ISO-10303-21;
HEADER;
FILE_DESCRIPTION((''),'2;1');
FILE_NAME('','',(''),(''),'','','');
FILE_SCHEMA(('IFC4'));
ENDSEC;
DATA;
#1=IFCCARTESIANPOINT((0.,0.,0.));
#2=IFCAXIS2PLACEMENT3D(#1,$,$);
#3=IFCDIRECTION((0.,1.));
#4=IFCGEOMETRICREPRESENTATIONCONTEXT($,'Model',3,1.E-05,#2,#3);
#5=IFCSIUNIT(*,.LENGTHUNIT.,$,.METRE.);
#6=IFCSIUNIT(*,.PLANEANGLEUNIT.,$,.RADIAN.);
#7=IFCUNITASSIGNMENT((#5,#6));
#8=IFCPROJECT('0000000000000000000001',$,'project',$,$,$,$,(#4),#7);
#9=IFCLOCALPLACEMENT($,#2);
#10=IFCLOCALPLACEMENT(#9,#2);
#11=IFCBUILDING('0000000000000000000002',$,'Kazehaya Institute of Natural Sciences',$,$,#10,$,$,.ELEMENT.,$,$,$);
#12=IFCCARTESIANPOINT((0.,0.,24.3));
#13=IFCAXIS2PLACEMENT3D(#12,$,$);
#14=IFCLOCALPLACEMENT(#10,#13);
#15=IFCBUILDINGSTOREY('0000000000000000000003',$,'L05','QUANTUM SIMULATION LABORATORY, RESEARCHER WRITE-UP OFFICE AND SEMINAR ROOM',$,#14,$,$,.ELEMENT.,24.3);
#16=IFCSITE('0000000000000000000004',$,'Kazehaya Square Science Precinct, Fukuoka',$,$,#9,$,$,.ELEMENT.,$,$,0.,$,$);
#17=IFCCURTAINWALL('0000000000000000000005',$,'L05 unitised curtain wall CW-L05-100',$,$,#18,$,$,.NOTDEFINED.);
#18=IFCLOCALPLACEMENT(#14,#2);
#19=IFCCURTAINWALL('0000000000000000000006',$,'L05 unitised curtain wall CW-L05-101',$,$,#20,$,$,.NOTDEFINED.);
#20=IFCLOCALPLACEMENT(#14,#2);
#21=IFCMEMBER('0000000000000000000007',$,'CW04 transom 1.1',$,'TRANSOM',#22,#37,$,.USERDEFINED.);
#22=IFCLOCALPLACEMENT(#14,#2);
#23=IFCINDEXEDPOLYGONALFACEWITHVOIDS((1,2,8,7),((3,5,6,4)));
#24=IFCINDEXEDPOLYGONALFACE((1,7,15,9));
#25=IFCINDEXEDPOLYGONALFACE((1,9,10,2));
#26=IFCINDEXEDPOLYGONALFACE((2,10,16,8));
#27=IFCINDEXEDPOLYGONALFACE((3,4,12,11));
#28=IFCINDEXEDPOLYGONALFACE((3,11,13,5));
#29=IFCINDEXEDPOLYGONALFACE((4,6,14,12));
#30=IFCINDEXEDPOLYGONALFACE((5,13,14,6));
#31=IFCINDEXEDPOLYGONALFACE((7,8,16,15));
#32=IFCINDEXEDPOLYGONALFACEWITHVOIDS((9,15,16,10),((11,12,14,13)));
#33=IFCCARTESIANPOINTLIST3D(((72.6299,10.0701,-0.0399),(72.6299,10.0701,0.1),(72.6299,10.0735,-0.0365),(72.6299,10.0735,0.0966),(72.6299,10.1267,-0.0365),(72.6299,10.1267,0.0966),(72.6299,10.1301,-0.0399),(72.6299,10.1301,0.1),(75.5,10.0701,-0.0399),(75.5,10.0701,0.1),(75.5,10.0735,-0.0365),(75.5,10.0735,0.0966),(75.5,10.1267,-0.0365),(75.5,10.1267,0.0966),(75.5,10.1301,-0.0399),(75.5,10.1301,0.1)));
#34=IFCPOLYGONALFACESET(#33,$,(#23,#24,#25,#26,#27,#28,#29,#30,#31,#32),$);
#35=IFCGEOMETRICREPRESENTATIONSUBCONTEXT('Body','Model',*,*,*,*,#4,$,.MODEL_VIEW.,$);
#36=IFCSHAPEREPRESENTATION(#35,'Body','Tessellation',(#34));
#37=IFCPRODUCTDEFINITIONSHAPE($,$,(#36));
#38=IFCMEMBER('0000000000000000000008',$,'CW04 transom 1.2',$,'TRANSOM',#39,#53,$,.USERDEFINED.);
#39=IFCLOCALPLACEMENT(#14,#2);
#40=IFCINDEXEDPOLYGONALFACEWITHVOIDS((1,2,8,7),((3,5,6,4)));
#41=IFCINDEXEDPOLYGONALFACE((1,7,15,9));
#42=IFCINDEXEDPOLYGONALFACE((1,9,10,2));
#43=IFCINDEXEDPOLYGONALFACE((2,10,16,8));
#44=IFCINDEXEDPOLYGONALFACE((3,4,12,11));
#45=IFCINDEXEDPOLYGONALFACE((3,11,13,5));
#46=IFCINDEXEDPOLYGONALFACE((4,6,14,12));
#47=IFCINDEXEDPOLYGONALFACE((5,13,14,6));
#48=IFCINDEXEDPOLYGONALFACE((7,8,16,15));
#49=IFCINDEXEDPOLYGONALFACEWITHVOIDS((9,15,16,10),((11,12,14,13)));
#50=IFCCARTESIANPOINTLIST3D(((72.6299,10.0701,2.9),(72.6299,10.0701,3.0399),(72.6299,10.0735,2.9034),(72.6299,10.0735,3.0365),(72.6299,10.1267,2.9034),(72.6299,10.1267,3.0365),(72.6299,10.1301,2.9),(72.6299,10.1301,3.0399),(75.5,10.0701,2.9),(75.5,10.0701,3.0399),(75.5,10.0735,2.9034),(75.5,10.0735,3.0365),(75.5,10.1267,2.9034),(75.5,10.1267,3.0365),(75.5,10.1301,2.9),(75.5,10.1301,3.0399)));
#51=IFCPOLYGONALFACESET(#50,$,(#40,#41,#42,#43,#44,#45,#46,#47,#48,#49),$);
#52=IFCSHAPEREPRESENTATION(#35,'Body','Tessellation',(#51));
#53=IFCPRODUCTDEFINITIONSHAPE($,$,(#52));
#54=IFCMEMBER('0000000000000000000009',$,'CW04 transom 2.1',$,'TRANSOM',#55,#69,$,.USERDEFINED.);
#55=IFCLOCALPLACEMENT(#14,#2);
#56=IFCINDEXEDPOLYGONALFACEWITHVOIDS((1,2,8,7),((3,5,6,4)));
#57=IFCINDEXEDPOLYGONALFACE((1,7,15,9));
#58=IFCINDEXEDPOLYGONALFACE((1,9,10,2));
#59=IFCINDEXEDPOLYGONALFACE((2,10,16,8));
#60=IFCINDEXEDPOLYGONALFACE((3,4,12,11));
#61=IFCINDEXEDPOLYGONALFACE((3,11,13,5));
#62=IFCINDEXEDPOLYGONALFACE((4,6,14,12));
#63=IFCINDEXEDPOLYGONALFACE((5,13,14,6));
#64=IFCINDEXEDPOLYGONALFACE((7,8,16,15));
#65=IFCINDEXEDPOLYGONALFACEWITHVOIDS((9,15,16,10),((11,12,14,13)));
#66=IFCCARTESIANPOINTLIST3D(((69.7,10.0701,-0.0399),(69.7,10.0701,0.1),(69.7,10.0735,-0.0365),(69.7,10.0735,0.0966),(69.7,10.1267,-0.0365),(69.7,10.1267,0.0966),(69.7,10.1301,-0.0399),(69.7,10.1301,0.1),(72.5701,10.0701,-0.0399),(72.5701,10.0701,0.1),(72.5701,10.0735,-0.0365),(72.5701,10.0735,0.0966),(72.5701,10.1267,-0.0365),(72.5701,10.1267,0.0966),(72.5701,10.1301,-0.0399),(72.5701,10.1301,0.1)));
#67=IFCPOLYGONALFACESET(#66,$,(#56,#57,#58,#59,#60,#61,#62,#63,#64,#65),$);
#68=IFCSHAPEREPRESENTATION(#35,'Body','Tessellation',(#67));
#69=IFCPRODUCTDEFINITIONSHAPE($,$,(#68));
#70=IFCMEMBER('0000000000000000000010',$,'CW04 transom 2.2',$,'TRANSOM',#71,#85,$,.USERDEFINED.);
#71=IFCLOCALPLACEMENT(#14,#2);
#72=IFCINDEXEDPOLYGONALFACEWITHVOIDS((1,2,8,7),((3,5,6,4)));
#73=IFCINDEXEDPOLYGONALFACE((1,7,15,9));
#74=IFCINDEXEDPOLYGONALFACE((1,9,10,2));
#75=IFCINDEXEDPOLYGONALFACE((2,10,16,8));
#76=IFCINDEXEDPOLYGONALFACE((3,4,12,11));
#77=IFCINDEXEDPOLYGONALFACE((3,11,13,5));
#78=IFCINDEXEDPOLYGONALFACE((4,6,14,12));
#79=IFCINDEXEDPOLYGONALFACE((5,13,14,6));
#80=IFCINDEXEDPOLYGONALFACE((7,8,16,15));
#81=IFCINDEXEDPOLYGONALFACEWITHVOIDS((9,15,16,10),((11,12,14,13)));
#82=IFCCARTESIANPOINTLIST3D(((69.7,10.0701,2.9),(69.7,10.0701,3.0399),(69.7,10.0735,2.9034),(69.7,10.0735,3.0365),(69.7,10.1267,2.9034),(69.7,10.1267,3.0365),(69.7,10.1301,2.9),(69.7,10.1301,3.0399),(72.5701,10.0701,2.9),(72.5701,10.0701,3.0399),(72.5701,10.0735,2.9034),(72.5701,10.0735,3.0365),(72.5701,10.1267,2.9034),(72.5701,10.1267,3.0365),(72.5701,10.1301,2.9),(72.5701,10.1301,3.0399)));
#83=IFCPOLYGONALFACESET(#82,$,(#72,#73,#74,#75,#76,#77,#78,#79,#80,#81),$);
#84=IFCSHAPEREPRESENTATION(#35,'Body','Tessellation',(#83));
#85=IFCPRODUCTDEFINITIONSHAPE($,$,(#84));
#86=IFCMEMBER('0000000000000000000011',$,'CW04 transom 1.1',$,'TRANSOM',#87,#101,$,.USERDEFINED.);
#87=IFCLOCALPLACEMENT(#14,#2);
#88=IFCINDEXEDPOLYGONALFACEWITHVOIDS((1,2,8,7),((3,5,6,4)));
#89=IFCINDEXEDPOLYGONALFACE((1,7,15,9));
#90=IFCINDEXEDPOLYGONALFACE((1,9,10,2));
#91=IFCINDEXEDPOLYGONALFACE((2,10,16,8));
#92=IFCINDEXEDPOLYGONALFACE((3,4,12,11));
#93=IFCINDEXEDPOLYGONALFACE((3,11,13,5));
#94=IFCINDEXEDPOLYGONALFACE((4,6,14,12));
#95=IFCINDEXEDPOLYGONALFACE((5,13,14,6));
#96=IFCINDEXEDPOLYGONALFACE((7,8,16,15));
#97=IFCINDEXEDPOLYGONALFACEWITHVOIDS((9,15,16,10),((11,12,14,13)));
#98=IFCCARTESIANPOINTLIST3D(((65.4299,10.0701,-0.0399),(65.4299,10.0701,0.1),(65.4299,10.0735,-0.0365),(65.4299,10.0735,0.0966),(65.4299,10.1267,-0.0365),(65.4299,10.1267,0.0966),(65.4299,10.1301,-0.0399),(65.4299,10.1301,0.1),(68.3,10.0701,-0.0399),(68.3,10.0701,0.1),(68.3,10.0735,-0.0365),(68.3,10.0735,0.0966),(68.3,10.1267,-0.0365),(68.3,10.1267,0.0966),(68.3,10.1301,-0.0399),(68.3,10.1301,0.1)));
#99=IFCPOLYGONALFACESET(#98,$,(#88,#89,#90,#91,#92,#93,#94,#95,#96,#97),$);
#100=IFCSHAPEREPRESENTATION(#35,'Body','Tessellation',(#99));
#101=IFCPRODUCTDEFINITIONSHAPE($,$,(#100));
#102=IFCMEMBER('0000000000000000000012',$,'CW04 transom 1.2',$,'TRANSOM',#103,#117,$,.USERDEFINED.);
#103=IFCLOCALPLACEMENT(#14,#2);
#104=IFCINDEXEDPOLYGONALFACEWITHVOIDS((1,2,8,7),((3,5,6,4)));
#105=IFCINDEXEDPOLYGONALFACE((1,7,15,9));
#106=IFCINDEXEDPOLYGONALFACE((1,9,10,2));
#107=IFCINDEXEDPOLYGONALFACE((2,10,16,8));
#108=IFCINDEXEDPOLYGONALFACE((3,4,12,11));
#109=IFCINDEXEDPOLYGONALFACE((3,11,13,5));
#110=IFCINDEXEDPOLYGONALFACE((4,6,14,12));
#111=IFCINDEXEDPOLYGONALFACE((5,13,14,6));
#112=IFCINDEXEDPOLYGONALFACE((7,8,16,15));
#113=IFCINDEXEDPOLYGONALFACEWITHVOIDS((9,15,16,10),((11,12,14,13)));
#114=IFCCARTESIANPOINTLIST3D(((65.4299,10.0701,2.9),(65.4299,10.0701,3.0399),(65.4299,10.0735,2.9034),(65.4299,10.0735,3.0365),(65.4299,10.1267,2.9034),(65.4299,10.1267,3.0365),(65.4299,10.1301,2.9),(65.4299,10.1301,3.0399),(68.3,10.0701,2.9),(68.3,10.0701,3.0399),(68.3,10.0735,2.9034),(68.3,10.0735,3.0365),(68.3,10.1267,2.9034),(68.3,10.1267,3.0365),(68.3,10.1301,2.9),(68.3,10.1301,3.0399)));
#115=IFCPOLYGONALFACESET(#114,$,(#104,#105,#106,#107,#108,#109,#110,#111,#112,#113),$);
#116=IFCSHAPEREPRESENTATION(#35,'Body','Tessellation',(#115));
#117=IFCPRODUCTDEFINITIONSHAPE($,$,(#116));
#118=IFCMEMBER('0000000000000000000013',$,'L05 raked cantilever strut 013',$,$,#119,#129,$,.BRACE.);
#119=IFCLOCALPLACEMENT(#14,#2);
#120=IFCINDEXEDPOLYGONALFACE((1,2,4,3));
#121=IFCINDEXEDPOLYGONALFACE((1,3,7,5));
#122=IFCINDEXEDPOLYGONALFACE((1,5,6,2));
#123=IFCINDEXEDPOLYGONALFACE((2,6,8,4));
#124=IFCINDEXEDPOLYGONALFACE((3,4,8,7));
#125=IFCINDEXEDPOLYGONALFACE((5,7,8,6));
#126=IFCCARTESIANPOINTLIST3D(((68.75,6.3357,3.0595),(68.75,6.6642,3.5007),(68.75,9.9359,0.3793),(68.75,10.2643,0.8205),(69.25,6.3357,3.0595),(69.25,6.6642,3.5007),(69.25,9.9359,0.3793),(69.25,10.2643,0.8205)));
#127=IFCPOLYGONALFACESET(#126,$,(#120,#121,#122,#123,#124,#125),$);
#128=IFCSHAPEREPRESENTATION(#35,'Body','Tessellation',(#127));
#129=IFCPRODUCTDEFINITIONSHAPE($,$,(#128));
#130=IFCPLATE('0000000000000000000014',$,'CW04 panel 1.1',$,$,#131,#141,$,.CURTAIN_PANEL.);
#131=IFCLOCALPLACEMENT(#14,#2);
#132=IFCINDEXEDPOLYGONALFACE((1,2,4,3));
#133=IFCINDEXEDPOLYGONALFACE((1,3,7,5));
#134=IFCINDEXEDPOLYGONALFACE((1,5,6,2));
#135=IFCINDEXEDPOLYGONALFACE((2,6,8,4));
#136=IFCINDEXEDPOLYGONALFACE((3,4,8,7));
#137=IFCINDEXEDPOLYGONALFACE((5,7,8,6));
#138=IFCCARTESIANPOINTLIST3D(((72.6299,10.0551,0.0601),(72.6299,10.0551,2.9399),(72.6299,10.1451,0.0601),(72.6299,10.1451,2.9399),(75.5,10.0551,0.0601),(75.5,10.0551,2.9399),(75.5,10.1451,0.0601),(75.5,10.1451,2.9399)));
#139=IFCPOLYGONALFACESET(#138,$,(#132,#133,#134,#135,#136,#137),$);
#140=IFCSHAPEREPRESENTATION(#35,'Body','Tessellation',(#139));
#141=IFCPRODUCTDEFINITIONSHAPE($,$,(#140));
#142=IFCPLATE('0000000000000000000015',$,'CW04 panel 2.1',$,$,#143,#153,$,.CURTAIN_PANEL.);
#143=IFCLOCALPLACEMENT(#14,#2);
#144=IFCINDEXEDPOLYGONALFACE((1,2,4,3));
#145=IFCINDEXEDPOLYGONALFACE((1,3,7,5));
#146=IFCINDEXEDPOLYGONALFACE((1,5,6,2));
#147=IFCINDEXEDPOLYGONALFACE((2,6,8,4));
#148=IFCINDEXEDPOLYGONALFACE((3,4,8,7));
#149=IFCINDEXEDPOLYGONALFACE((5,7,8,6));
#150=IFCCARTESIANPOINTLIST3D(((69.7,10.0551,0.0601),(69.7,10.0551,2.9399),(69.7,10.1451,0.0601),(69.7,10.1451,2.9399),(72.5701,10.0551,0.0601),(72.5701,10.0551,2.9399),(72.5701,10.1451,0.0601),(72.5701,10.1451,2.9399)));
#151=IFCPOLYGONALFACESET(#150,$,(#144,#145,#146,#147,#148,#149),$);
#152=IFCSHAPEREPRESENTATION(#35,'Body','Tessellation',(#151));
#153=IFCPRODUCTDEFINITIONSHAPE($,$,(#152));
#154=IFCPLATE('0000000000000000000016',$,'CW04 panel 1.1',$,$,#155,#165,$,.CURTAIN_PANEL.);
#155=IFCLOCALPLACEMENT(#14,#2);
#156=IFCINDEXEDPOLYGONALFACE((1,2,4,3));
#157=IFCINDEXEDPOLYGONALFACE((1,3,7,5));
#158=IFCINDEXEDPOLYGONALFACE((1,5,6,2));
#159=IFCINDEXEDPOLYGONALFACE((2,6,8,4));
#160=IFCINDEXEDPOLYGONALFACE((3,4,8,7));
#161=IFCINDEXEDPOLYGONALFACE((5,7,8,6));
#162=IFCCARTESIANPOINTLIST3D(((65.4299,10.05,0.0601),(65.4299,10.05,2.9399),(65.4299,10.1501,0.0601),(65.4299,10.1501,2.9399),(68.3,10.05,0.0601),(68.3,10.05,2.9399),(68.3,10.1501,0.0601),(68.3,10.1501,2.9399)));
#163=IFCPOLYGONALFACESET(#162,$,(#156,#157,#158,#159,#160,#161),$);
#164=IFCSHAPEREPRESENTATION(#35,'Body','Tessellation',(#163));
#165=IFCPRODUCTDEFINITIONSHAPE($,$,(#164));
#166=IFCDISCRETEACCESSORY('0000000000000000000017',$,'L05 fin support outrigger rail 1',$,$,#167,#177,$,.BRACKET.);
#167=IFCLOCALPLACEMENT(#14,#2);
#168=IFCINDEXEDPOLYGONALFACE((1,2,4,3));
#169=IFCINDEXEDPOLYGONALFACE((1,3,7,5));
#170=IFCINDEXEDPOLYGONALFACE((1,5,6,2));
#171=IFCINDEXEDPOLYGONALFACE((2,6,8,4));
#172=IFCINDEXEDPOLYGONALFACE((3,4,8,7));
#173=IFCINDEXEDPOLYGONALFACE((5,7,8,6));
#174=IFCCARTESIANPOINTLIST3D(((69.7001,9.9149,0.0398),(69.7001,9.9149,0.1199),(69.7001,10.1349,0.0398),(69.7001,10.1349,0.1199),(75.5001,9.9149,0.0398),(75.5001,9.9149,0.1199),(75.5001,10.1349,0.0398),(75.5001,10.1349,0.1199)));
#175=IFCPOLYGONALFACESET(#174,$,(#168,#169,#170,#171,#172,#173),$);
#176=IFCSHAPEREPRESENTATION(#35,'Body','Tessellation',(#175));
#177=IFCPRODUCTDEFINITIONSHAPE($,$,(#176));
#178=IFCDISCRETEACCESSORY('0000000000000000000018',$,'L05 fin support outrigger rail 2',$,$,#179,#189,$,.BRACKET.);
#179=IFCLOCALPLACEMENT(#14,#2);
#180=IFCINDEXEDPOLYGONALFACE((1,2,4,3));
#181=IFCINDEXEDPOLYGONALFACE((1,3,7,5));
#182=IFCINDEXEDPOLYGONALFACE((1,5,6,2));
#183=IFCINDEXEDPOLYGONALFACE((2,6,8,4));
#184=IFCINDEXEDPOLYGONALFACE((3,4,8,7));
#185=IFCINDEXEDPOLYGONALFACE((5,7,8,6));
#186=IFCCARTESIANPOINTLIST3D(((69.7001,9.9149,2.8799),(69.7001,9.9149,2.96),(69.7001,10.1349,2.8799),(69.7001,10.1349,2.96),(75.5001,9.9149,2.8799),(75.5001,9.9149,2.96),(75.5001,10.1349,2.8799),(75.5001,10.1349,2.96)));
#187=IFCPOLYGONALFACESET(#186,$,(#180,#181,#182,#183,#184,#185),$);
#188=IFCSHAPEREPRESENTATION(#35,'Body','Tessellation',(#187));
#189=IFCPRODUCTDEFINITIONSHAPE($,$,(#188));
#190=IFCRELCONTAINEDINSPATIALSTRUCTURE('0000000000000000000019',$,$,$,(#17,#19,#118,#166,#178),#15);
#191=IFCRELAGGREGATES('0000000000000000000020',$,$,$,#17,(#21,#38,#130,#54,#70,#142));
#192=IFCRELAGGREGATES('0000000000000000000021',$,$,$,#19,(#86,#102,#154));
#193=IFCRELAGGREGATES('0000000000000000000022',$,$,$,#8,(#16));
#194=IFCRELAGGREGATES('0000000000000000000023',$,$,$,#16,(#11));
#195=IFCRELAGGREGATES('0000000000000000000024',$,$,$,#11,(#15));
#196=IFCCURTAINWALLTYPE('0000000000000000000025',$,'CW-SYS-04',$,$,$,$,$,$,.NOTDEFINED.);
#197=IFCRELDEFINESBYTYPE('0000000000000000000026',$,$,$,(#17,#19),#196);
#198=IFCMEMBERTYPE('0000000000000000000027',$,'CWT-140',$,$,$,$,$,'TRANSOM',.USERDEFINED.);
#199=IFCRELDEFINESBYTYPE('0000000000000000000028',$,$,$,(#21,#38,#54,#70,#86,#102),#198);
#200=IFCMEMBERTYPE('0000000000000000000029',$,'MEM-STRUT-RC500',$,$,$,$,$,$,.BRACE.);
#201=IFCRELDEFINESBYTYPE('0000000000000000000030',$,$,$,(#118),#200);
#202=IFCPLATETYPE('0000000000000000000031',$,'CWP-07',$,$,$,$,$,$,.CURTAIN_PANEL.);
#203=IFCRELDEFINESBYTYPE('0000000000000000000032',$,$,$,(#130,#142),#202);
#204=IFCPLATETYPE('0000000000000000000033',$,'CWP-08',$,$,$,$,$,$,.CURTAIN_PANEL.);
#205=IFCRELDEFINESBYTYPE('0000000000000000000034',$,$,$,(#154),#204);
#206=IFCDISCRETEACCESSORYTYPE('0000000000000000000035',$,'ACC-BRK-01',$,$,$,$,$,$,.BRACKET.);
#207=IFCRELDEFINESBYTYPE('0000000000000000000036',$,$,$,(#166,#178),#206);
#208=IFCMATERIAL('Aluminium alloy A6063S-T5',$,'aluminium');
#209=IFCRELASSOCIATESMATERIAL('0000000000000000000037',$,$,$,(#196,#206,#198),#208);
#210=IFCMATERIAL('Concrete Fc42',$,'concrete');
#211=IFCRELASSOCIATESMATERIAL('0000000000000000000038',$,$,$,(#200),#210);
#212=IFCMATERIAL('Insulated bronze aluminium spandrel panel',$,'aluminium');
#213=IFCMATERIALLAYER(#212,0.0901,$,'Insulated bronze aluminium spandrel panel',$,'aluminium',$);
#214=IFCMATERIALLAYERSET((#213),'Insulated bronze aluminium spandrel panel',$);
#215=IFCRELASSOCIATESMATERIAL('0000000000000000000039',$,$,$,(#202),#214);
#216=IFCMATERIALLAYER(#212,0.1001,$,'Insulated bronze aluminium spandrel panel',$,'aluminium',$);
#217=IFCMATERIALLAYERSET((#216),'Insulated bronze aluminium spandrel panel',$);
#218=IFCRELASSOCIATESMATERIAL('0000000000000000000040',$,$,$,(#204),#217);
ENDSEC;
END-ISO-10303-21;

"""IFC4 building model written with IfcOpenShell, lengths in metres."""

from ifc_helpers import new_model, si_unit, direction, frame, origin, origin_2d, place, context, subcontext, project, spatial, rectangle, hollow_rectangle, extrude, material, layer, layer_set, material_profile, profile_set, type_object, element, aggregate, save


model = new_model("IFC4")

# Units and contexts
model_context = context("Model", 3, precision=1e-05, world=origin(), true_north=direction((0.0, 1.0)))
body_context = subcontext(model_context, "Body", "Model", "MODEL_VIEW")
ifc_project = project(units=[si_unit("LENGTHUNIT", "METRE"), si_unit("PLANEANGLEUNIT", "RADIAN")], contexts=[model_context])

# Site, building, storey
site_placement = place(None, origin())
site = spatial("IfcSite", under=ifc_project, at=site_placement, Name="Kazehaya Square Science Precinct, Fukuoka", CompositionType="ELEMENT", RefElevation=0.0)
building_placement = place(site_placement, origin())
building = spatial("IfcBuilding", under=site, at=building_placement, Name="Kazehaya Institute of Natural Sciences", CompositionType="ELEMENT")
storey_placement = place(building_placement, frame((0.0, 0.0, 24.3)))
storey = spatial("IfcBuildingStorey", under=building, at=storey_placement, Name="L05", Description="QUANTUM SIMULATION LABORATORY, RESEARCHER WRITE-UP OFFICE AND SEMINAR ROOM", CompositionType="ELEMENT", Elevation=24.3)

# Shared definitions
ifc_material_1 = material(Name="Concrete Fc42", Category="concrete")

# Curtain wall
ifc_material_2 = material(Name="Aluminium alloy A6063S-T5", Category="aluminium")
curtain_wall_type = type_object("IfcCurtainWallType", Name="CW-SYS-04", PredefinedType="NOTDEFINED", material=ifc_material_2)
curtain_wall_1_placement = place(storey_placement, origin())
curtain_wall_1 = element("IfcCurtainWall", 1, at=curtain_wall_1_placement, inside=storey, type_object=curtain_wall_type, Name="L05 unitised curtain wall CW-L05-100", PredefinedType="NOTDEFINED")

# Curtain wall
curtain_wall_2_placement = place(storey_placement, origin())
curtain_wall_2 = element("IfcCurtainWall", 2, at=curtain_wall_2_placement, inside=storey, type_object=curtain_wall_type, Name="L05 unitised curtain wall CW-L05-101", PredefinedType="NOTDEFINED")

# Members
ifc_material_profile_1 = material_profile(ifc_material_2, hollow_rectangle(XDim=0.0601, YDim=0.1399, WallThickness=0.0034, at=origin_2d()), Name="ALU-60x140x3.5")
ifc_profile_set_1 = profile_set([ifc_material_profile_1], Name="Aluminium alloy A6063S-T5")
member_type_1 = type_object("IfcMemberType", Name="CWT-140", ElementType="TRANSOM", PredefinedType="USERDEFINED", material=ifc_profile_set_1)
member_1_placement = place(storey_placement, frame((75.5, 10.1001, 0.03), z_axis=(-1.0, 0.0, 0.0), x_axis=(0.0, -1.0, 0.0)))
member_1 = element("IfcMember", 3, at=member_1_placement, type_object=member_type_1, Name="CW04 transom 1.1", ObjectType="TRANSOM", PredefinedType="USERDEFINED", context=body_context, shape_type="SweptSolid", body=[
    extrude(hollow_rectangle(XDim=0.0601, YDim=0.1399, WallThickness=0.0034, at=origin_2d()), origin(), (0.0, 0.0, 1.0), 2.8701),
])
member_2_placement = place(storey_placement, frame((75.5, 10.1001, 2.97), z_axis=(-1.0, 0.0, 0.0), x_axis=(0.0, -1.0, 0.0)))
member_2 = element("IfcMember", 4, at=member_2_placement, type_object=member_type_1, Name="CW04 transom 1.2", ObjectType="TRANSOM", PredefinedType="USERDEFINED", context=body_context, shape_type="SweptSolid", body=[
    extrude(hollow_rectangle(XDim=0.0601, YDim=0.1399, WallThickness=0.0034, at=origin_2d()), origin(), (0.0, 0.0, 1.0), 2.8701),
])
member_3_placement = place(storey_placement, frame((72.5701, 10.1001, 0.03), z_axis=(-1.0, 0.0, 0.0), x_axis=(0.0, -1.0, 0.0)))
member_3 = element("IfcMember", 5, at=member_3_placement, type_object=member_type_1, Name="CW04 transom 2.1", ObjectType="TRANSOM", PredefinedType="USERDEFINED", context=body_context, shape_type="SweptSolid", body=[
    extrude(hollow_rectangle(XDim=0.0601, YDim=0.1399, WallThickness=0.0034, at=origin_2d()), origin(), (0.0, 0.0, 1.0), 2.8701),
])
member_4_placement = place(storey_placement, frame((72.5701, 10.1001, 2.97), z_axis=(-1.0, 0.0, 0.0), x_axis=(0.0, -1.0, 0.0)))
member_4 = element("IfcMember", 6, at=member_4_placement, type_object=member_type_1, Name="CW04 transom 2.2", ObjectType="TRANSOM", PredefinedType="USERDEFINED", context=body_context, shape_type="SweptSolid", body=[
    extrude(hollow_rectangle(XDim=0.0601, YDim=0.1399, WallThickness=0.0034, at=origin_2d()), origin(), (0.0, 0.0, 1.0), 2.8701),
])
member_5_placement = place(storey_placement, frame((68.3, 10.1001, 0.03), z_axis=(-1.0, 0.0, 0.0), x_axis=(0.0, -1.0, 0.0)))
member_5 = element("IfcMember", 7, at=member_5_placement, type_object=member_type_1, Name="CW04 transom 1.1", ObjectType="TRANSOM", PredefinedType="USERDEFINED", context=body_context, shape_type="SweptSolid", body=[
    extrude(hollow_rectangle(XDim=0.0601, YDim=0.1399, WallThickness=0.0034, at=origin_2d()), origin(), (0.0, 0.0, 1.0), 2.8701),
])
member_6_placement = place(storey_placement, frame((68.3, 10.1001, 2.97), z_axis=(-1.0, 0.0, 0.0), x_axis=(0.0, -1.0, 0.0)))
member_6 = element("IfcMember", 8, at=member_6_placement, type_object=member_type_1, Name="CW04 transom 1.2", ObjectType="TRANSOM", PredefinedType="USERDEFINED", context=body_context, shape_type="SweptSolid", body=[
    extrude(hollow_rectangle(XDim=0.0601, YDim=0.1399, WallThickness=0.0034, at=origin_2d()), origin(), (0.0, 0.0, 1.0), 2.8701),
])
ifc_material_profile_2 = material_profile(ifc_material_1, rectangle(XDim=0.5, YDim=0.55, at=origin_2d()), Name="RC-500x550")
ifc_profile_set_2 = profile_set([ifc_material_profile_2], Name="Concrete Fc42")
member_type_2 = type_object("IfcMemberType", Name="MEM-STRUT-RC500", PredefinedType="BRACE", material=ifc_profile_set_2)
member_7_placement = place(storey_placement, frame((69.0, 10.1001, 0.5999), z_axis=(0.0, -0.802123, 0.597159), x_axis=(1.0, 0.0, 0.0)))
element("IfcMember", 9, at=member_7_placement, inside=storey, type_object=member_type_2, Name="L05 raked cantilever strut 013", PredefinedType="BRACE", context=body_context, shape_type="SweptSolid", body=[
    extrude(rectangle(XDim=0.5, YDim=0.55, at=origin_2d()), origin(), (0.0, 0.0, 1.0), 4.4883),
])

# Plates
ifc_material_3 = material(Name="Insulated bronze aluminium spandrel panel", Category="aluminium")
ifc_layer_1 = layer(ifc_material_3, 0.0901, Name="Insulated bronze aluminium spandrel panel", Category="aluminium")
ifc_layer_set_1 = layer_set([ifc_layer_1], Name="Insulated bronze aluminium spandrel panel")
plate_type_1 = type_object("IfcPlateType", Name="CWP-07", PredefinedType="CURTAIN_PANEL", material=ifc_layer_set_1)
plate_1_placement = place(storey_placement, frame((74.0649, 10.1001, 0.0601), z_axis=(0.0, 0.0, 1.0), x_axis=(-1.0, 0.0, 0.0)))
plate_1 = element("IfcPlate", 10, at=plate_1_placement, type_object=plate_type_1, Name="CW04 panel 1.1", PredefinedType="CURTAIN_PANEL", context=body_context, shape_type="SweptSolid", body=[
    extrude(rectangle(XDim=2.8701, YDim=0.0901, at=origin_2d()), origin(), (0.0, 0.0, 1.0), 2.8799),
])
plate_2_placement = place(storey_placement, frame((71.135, 10.1001, 0.0601), z_axis=(0.0, 0.0, 1.0), x_axis=(-1.0, 0.0, 0.0)))
plate_2 = element("IfcPlate", 11, at=plate_2_placement, type_object=plate_type_1, Name="CW04 panel 2.1", PredefinedType="CURTAIN_PANEL", context=body_context, shape_type="SweptSolid", body=[
    extrude(rectangle(XDim=2.8701, YDim=0.0901, at=origin_2d()), origin(), (0.0, 0.0, 1.0), 2.8799),
])
aggregate(curtain_wall_1, [member_1, member_2, plate_1, member_3, member_4, plate_2])
ifc_layer_2 = layer(ifc_material_3, 0.1001, Name="Insulated bronze aluminium spandrel panel", Category="aluminium")
ifc_layer_set_2 = layer_set([ifc_layer_2], Name="Insulated bronze aluminium spandrel panel")
plate_type_2 = type_object("IfcPlateType", Name="CWP-08", PredefinedType="CURTAIN_PANEL", material=ifc_layer_set_2)
plate_3_placement = place(storey_placement, frame((66.865, 10.1001, 0.0601), z_axis=(0.0, 0.0, 1.0), x_axis=(-1.0, 0.0, 0.0)))
plate_3 = element("IfcPlate", 12, at=plate_3_placement, type_object=plate_type_2, Name="CW04 panel 1.1", PredefinedType="CURTAIN_PANEL", context=body_context, shape_type="SweptSolid", body=[
    extrude(rectangle(XDim=2.8701, YDim=0.1001, at=origin_2d()), origin(), (0.0, 0.0, 1.0), 2.8799),
])
aggregate(curtain_wall_2, [member_5, member_6, plate_3])

# Discrete accessories
discrete_accessory_type = type_object("IfcDiscreteAccessoryType", Name="ACC-BRK-01", PredefinedType="BRACKET", material=ifc_material_2)
for number, where, z_axis, x_axis, name in (
    (13, (72.6001, 10.0249, 0.0398), (0.0, 0.0, 1.0), (-1.0, 0.0, 0.0), "L05 fin support outrigger rail 1"),
    (14, (72.6001, 10.0249, 2.8799), (0.0, 0.0, 1.0), (-1.0, 0.0, 0.0), "L05 fin support outrigger rail 2"),
):
    element("IfcDiscreteAccessory", number, at=place(storey_placement, frame(where, z_axis=z_axis, x_axis=x_axis)), inside=storey, type_object=discrete_accessory_type, Name=name, PredefinedType="BRACKET", context=body_context, shape_type="SweptSolid", body=[
        extrude(rectangle(XDim=5.8, YDim=0.22, at=origin_2d()), origin(), (0.0, 0.0, 1.0), 0.0801),
    ])

save(model, "model.ifc")
